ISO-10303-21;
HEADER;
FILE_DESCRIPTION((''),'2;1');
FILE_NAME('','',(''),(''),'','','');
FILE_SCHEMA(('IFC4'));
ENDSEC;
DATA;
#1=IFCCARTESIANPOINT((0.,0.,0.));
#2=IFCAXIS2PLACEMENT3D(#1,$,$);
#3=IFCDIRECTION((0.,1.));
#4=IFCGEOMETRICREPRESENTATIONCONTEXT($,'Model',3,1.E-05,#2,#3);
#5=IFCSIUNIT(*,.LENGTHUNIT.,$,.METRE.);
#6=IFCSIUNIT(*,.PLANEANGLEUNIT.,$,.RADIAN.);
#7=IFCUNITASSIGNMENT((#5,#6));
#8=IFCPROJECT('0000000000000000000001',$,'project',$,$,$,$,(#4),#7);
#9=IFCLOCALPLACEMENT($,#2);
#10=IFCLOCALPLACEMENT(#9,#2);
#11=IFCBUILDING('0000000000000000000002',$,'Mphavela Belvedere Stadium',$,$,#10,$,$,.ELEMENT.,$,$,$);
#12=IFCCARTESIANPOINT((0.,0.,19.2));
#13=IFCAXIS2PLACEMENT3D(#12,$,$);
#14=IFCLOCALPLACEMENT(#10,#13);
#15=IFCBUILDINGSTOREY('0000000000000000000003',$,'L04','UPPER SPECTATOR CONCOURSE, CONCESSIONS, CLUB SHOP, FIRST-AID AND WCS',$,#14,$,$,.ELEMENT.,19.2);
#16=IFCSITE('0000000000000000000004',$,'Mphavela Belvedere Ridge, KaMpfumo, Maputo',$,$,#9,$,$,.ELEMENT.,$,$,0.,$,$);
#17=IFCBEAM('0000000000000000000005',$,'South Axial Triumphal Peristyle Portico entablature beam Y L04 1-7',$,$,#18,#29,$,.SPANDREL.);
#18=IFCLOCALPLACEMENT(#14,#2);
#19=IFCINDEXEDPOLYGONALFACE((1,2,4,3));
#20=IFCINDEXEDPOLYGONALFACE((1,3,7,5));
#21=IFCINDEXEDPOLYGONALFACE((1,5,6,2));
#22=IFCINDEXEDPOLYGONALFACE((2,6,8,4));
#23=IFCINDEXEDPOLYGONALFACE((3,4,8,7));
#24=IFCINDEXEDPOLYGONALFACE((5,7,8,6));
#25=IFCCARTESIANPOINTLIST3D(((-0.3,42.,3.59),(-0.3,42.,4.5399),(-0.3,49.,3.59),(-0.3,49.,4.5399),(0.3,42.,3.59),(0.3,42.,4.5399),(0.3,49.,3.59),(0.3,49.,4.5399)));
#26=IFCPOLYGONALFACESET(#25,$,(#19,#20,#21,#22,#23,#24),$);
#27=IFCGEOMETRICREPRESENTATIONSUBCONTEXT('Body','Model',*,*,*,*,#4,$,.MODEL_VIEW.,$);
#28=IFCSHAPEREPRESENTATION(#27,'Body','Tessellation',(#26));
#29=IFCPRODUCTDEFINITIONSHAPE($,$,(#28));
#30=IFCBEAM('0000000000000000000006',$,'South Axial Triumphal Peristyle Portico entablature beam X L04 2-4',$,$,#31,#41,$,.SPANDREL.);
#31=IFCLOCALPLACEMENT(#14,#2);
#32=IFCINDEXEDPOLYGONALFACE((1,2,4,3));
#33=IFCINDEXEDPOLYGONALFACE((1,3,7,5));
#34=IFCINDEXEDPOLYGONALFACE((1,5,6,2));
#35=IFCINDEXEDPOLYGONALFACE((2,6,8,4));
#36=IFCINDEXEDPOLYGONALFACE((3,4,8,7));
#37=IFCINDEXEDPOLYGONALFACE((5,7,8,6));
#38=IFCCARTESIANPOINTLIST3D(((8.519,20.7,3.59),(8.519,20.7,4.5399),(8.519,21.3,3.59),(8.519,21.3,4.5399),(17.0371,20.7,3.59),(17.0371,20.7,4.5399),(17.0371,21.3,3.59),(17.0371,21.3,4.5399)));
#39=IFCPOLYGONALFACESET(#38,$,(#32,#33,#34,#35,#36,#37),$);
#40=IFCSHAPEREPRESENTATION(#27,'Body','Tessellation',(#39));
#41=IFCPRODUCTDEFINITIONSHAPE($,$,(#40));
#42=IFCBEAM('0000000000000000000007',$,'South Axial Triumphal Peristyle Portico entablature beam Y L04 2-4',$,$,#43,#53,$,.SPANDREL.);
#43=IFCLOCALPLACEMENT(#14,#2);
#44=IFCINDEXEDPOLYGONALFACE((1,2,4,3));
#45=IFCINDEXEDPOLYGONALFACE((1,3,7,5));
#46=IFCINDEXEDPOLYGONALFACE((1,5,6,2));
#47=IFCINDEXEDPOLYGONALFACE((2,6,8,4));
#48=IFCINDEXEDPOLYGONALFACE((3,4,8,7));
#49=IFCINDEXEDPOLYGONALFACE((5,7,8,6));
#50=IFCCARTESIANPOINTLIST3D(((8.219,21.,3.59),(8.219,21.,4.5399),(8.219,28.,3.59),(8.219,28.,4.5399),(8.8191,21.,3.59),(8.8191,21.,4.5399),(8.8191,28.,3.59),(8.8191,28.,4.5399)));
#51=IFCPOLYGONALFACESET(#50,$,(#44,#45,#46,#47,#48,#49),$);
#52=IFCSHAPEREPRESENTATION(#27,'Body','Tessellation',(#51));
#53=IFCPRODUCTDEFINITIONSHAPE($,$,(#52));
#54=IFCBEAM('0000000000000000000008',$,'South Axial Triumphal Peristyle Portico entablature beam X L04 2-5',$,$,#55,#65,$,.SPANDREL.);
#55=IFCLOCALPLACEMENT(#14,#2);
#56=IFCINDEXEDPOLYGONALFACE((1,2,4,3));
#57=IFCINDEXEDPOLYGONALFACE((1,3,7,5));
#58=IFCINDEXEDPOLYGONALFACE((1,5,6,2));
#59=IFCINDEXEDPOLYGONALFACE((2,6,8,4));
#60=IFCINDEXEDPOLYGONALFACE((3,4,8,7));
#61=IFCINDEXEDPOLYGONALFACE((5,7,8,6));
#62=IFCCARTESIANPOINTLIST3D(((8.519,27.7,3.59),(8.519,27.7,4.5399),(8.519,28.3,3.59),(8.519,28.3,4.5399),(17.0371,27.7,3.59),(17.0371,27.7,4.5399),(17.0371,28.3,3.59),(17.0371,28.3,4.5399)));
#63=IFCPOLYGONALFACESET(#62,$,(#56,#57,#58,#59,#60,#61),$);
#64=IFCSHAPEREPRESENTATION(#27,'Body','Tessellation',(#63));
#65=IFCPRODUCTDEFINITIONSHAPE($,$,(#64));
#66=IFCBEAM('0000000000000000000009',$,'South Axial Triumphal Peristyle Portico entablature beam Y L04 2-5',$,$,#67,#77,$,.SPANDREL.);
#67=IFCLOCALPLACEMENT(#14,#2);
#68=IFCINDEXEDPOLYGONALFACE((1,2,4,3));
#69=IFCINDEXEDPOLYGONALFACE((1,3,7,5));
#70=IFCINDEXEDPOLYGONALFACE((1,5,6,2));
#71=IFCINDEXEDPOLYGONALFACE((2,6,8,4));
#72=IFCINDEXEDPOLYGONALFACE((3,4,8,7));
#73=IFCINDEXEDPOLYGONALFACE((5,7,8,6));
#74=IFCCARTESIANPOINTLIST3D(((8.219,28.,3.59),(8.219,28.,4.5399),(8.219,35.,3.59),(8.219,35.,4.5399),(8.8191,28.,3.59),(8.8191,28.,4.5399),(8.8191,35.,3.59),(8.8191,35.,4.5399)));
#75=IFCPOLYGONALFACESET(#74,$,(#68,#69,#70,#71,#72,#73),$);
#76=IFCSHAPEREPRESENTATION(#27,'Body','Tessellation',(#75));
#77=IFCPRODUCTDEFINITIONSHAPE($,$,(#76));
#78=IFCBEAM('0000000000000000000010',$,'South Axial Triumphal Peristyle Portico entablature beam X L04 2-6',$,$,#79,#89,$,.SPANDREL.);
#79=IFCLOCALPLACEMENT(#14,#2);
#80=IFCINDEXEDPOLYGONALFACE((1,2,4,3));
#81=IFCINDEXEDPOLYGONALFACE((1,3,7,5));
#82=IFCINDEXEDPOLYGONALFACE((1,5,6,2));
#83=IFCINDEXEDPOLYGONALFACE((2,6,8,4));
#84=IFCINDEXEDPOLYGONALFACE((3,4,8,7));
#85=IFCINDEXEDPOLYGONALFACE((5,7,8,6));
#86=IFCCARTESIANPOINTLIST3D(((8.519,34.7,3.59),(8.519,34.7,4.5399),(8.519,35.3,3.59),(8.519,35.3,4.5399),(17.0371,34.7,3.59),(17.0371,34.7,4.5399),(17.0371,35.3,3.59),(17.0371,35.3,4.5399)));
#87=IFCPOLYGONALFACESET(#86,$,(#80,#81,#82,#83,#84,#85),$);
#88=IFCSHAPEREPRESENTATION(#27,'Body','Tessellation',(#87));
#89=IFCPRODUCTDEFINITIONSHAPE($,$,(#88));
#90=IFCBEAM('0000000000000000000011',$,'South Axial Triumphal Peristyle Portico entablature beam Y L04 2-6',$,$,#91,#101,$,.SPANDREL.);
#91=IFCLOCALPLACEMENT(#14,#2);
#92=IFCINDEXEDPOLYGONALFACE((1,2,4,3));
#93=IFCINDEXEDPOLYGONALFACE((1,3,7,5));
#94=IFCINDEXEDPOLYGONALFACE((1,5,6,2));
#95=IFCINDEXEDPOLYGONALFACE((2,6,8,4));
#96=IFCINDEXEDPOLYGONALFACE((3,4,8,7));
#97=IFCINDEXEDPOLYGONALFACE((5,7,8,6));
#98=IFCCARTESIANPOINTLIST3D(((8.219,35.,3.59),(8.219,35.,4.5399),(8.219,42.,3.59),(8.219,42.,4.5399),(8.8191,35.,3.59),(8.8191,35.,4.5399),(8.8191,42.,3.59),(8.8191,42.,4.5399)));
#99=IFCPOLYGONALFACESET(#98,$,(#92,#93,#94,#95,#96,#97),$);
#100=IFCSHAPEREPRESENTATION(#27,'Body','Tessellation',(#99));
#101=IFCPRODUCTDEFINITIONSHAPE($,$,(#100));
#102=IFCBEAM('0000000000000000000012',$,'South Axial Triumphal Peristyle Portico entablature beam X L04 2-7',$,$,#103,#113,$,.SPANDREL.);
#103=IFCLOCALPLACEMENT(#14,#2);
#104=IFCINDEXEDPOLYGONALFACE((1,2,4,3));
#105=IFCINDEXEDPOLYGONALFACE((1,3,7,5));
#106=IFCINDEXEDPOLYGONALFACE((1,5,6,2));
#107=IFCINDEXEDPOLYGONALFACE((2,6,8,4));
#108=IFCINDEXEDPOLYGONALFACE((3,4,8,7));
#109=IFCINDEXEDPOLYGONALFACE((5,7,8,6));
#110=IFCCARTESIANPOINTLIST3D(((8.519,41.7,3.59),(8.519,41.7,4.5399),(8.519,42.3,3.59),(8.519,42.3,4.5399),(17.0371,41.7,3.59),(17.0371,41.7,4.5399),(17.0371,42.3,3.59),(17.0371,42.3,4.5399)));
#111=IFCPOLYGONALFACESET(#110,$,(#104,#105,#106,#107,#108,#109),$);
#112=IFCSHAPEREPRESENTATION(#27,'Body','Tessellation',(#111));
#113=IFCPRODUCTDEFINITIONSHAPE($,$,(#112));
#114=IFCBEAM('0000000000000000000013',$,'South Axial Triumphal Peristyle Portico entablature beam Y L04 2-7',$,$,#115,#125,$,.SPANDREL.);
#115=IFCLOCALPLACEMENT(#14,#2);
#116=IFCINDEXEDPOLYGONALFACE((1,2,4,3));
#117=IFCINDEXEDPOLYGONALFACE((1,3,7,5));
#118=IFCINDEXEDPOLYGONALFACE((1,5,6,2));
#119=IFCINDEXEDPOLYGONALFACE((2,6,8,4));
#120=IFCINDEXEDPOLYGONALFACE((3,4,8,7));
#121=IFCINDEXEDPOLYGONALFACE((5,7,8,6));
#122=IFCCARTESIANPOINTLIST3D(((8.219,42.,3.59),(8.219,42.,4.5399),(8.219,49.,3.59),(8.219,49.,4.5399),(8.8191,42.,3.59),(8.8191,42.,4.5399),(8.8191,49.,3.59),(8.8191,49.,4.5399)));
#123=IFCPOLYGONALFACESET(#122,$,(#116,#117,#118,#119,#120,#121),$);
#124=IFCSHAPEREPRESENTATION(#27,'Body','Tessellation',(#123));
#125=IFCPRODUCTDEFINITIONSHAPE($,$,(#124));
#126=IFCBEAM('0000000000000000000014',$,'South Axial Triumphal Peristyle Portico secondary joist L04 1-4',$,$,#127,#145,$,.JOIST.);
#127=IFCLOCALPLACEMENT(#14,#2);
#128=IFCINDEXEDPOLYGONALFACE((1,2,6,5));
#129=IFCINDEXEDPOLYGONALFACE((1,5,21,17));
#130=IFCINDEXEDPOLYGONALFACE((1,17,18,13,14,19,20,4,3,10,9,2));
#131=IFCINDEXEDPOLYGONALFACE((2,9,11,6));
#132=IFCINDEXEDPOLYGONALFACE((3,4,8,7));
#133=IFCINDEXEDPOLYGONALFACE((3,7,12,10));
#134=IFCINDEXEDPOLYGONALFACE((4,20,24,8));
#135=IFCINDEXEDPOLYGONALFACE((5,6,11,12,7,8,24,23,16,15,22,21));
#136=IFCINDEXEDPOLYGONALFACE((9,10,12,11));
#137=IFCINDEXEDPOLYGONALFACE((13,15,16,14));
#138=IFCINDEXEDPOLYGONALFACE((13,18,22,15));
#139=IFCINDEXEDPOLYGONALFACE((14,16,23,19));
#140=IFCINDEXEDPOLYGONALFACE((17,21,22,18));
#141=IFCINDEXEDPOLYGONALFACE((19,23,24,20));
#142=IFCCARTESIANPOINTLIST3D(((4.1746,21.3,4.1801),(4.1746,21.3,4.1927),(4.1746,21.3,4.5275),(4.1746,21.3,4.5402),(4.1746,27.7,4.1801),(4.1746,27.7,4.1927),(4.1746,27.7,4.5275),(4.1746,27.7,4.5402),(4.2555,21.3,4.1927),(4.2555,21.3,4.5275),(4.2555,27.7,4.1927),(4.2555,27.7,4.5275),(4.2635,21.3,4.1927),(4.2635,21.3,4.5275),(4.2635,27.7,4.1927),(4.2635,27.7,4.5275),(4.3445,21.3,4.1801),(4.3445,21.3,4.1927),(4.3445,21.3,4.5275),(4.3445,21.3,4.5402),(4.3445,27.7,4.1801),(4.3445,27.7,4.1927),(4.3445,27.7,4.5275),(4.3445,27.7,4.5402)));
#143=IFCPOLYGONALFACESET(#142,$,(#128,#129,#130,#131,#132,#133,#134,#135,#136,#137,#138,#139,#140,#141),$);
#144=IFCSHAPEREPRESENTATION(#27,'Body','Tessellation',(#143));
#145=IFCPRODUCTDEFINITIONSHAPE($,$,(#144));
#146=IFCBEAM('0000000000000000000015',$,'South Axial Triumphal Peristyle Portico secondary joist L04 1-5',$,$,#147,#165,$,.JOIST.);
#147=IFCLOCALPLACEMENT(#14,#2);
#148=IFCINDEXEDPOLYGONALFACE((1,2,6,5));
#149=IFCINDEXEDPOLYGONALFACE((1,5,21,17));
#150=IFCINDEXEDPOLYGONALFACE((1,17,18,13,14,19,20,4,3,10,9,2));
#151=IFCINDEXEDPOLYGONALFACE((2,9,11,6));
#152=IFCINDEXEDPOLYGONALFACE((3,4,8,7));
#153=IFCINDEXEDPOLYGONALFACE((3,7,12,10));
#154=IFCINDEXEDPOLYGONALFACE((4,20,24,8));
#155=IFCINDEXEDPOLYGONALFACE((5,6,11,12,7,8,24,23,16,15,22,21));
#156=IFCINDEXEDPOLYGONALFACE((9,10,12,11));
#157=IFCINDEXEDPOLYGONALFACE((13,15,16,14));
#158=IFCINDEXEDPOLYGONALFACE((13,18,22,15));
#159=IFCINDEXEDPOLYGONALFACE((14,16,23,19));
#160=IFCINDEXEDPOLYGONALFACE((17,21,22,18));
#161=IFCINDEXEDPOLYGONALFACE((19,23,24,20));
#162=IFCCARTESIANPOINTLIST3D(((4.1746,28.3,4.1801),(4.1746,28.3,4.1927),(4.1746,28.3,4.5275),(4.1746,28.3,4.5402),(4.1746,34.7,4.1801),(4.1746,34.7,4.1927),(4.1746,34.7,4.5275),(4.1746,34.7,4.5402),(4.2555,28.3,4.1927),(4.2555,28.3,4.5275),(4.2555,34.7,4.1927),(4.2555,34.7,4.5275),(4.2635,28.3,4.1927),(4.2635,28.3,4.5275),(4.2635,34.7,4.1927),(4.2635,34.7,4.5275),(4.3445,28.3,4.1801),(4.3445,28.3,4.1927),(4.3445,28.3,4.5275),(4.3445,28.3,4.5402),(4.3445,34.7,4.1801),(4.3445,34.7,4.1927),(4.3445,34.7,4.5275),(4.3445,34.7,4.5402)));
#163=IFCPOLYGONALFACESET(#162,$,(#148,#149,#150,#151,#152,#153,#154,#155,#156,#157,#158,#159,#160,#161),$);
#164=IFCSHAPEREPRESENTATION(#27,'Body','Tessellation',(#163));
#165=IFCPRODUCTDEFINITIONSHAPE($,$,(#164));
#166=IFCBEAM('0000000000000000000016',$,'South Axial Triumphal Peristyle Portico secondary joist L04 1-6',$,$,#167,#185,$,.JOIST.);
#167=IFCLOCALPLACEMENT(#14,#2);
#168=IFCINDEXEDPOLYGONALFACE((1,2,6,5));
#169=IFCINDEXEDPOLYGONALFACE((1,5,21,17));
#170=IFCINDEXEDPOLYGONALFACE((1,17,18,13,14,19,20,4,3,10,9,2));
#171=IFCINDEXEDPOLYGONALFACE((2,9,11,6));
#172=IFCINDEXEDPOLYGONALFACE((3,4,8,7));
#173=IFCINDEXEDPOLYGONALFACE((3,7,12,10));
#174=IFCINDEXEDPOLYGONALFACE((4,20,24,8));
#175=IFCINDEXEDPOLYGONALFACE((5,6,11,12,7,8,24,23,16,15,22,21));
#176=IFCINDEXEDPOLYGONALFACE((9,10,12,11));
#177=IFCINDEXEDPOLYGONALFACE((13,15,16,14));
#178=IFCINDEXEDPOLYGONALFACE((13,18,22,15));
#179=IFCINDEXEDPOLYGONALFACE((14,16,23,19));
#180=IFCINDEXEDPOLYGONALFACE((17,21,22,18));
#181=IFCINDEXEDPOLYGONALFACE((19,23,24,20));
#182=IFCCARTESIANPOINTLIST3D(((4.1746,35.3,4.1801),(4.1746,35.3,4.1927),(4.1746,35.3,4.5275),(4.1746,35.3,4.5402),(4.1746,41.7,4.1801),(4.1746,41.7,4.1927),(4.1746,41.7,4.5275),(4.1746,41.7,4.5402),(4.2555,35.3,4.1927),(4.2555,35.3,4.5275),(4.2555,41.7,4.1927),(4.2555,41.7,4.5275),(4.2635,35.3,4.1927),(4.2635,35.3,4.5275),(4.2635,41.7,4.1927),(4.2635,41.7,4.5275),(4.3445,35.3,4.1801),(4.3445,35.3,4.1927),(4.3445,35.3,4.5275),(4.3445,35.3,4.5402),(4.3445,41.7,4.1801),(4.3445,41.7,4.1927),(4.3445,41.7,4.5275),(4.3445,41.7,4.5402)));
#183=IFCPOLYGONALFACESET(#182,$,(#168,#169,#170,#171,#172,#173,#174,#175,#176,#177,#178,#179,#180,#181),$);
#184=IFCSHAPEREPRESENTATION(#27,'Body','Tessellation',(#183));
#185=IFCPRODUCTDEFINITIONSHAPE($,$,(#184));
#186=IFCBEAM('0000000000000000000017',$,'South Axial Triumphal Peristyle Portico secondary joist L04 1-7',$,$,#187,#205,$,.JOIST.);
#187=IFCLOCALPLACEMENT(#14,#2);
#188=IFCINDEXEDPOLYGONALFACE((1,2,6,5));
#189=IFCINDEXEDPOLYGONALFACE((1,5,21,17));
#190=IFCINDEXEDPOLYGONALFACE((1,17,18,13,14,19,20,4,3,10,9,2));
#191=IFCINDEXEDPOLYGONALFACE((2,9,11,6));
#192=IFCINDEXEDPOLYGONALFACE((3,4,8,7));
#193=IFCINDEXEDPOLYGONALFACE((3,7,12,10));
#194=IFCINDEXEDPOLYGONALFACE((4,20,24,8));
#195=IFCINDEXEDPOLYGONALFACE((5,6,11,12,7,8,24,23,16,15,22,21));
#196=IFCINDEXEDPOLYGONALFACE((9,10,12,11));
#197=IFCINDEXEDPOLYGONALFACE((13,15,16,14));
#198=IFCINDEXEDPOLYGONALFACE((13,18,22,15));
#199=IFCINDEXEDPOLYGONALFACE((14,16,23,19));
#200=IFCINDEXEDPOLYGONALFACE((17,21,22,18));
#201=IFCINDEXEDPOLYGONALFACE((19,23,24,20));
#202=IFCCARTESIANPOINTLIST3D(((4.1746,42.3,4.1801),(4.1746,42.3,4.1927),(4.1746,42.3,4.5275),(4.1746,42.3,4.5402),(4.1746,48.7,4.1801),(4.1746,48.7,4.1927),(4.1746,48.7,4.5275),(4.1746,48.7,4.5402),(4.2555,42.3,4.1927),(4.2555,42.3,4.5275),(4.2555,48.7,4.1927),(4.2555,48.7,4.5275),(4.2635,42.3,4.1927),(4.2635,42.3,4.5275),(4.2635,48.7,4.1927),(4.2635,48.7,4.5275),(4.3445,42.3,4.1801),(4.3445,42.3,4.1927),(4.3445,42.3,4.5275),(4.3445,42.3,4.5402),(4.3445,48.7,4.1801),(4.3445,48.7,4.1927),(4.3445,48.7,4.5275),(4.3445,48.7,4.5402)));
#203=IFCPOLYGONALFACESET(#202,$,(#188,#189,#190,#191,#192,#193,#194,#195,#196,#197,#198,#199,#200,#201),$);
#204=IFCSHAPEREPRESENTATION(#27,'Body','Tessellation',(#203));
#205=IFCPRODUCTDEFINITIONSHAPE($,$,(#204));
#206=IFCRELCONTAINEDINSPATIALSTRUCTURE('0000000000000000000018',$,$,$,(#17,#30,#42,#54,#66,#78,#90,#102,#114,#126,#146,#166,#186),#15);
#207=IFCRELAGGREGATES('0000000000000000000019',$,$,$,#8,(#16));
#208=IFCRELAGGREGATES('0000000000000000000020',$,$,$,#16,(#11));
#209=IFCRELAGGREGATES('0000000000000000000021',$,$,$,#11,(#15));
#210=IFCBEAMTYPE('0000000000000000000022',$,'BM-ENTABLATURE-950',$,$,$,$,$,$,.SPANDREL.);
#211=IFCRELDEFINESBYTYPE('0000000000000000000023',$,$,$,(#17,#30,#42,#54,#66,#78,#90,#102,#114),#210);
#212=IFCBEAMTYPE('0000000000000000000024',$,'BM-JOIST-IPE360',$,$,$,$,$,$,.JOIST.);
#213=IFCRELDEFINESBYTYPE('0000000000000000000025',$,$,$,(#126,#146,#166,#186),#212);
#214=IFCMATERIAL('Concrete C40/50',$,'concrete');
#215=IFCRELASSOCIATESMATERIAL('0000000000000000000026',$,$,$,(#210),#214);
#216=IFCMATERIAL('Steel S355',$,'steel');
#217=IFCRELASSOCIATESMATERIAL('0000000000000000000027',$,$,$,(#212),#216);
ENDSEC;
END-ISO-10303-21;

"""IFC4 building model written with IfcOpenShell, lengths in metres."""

from ifc_helpers import new_model, si_unit, direction, frame, origin, origin_2d, place, context, subcontext, project, spatial, rectangle, i_section, extrude, material, material_profile, profile_set, type_object, element, save


model = new_model("IFC4")

# Units and contexts
model_context = context("Model", 3, precision=1e-05, world=origin(), true_north=direction((0.0, 1.0)))
body_context = subcontext(model_context, "Body", "Model", "MODEL_VIEW")
ifc_project = project(units=[si_unit("LENGTHUNIT", "METRE"), si_unit("PLANEANGLEUNIT", "RADIAN")], contexts=[model_context])

# Site, building, storey
site_placement = place(None, origin())
site = spatial("IfcSite", under=ifc_project, at=site_placement, Name="Mphavela Belvedere Ridge, KaMpfumo, Maputo", CompositionType="ELEMENT", RefElevation=0.0)
building_placement = place(site_placement, origin())
building = spatial("IfcBuilding", under=site, at=building_placement, Name="Mphavela Belvedere Stadium", CompositionType="ELEMENT")
storey_placement = place(building_placement, frame((0.0, 0.0, 19.2)))
storey = spatial("IfcBuildingStorey", under=building, at=storey_placement, Name="L04", Description="UPPER SPECTATOR CONCOURSE, CONCESSIONS, CLUB SHOP, FIRST-AID AND WCS", CompositionType="ELEMENT", Elevation=19.2)

# Beams
ifc_material_1 = material(Name="Concrete C40/50", Category="concrete")
ifc_material_profile_1 = material_profile(ifc_material_1, rectangle(XDim=0.6001, YDim=0.95, at=origin_2d()), Name="RC 600x950")
ifc_profile_set_1 = profile_set([ifc_material_profile_1], Name="Concrete C40/50")
beam_type_1 = type_object("IfcBeamType", Name="BM-ENTABLATURE-950", PredefinedType="SPANDREL", material=ifc_profile_set_1)
beam_1_placement = place(storey_placement, frame((0.0, 42.0, 4.0649), z_axis=(0.0, 1.0, 0.0), x_axis=(-1.0, 0.0, 0.0)))
element("IfcBeam", 1, at=beam_1_placement, inside=storey, type_object=beam_type_1, Name="South Axial Triumphal Peristyle Portico entablature beam Y L04 1-7", PredefinedType="SPANDREL", context=body_context, shape_type="SweptSolid", body=[
    extrude(rectangle(XDim=0.6001, YDim=0.95, at=origin_2d()), origin(), (0.0, 0.0, 1.0), 7.0),
])
beam_2_placement = place(storey_placement, frame((8.519, 21.0, 4.0649), z_axis=(1.0, 0.0, 0.0), x_axis=(0.0, 1.0, 0.0)))
element("IfcBeam", 2, at=beam_2_placement, inside=storey, type_object=beam_type_1, Name="South Axial Triumphal Peristyle Portico entablature beam X L04 2-4", PredefinedType="SPANDREL", context=body_context, shape_type="SweptSolid", body=[
    extrude(rectangle(XDim=0.6001, YDim=0.95, at=origin_2d()), origin(), (0.0, 0.0, 1.0), 8.5181),
])
beam_3_placement = place(storey_placement, frame((8.519, 21.0, 4.0649), z_axis=(0.0, 1.0, 0.0), x_axis=(-1.0, 0.0, 0.0)))
element("IfcBeam", 3, at=beam_3_placement, inside=storey, type_object=beam_type_1, Name="South Axial Triumphal Peristyle Portico entablature beam Y L04 2-4", PredefinedType="SPANDREL", context=body_context, shape_type="SweptSolid", body=[
    extrude(rectangle(XDim=0.6001, YDim=0.95, at=origin_2d()), origin(), (0.0, 0.0, 1.0), 7.0),
])
beam_4_placement = place(storey_placement, frame((8.519, 28.0, 4.0649), z_axis=(1.0, 0.0, 0.0), x_axis=(0.0, 1.0, 0.0)))
element("IfcBeam", 4, at=beam_4_placement, inside=storey, type_object=beam_type_1, Name="South Axial Triumphal Peristyle Portico entablature beam X L04 2-5", PredefinedType="SPANDREL", context=body_context, shape_type="SweptSolid", body=[
    extrude(rectangle(XDim=0.6001, YDim=0.95, at=origin_2d()), origin(), (0.0, 0.0, 1.0), 8.5181),
])
beam_5_placement = place(storey_placement, frame((8.519, 28.0, 4.0649), z_axis=(0.0, 1.0, 0.0), x_axis=(-1.0, 0.0, 0.0)))
element("IfcBeam", 5, at=beam_5_placement, inside=storey, type_object=beam_type_1, Name="South Axial Triumphal Peristyle Portico entablature beam Y L04 2-5", PredefinedType="SPANDREL", context=body_context, shape_type="SweptSolid", body=[
    extrude(rectangle(XDim=0.6001, YDim=0.95, at=origin_2d()), origin(), (0.0, 0.0, 1.0), 7.0),
])
beam_6_placement = place(storey_placement, frame((8.519, 35.0, 4.0649), z_axis=(1.0, 0.0, 0.0), x_axis=(0.0, 1.0, 0.0)))
element("IfcBeam", 6, at=beam_6_placement, inside=storey, type_object=beam_type_1, Name="South Axial Triumphal Peristyle Portico entablature beam X L04 2-6", PredefinedType="SPANDREL", context=body_context, shape_type="SweptSolid", body=[
    extrude(rectangle(XDim=0.6001, YDim=0.95, at=origin_2d()), origin(), (0.0, 0.0, 1.0), 8.5181),
])
beam_7_placement = place(storey_placement, frame((8.519, 35.0, 4.0649), z_axis=(0.0, 1.0, 0.0), x_axis=(-1.0, 0.0, 0.0)))
element("IfcBeam", 7, at=beam_7_placement, inside=storey, type_object=beam_type_1, Name="South Axial Triumphal Peristyle Portico entablature beam Y L04 2-6", PredefinedType="SPANDREL", context=body_context, shape_type="SweptSolid", body=[
    extrude(rectangle(XDim=0.6001, YDim=0.95, at=origin_2d()), origin(), (0.0, 0.0, 1.0), 7.0),
])
beam_8_placement = place(storey_placement, frame((8.519, 42.0, 4.0649), z_axis=(1.0, 0.0, 0.0), x_axis=(0.0, 1.0, 0.0)))
element("IfcBeam", 8, at=beam_8_placement, inside=storey, type_object=beam_type_1, Name="South Axial Triumphal Peristyle Portico entablature beam X L04 2-7", PredefinedType="SPANDREL", context=body_context, shape_type="SweptSolid", body=[
    extrude(rectangle(XDim=0.6001, YDim=0.95, at=origin_2d()), origin(), (0.0, 0.0, 1.0), 8.5181),
])
beam_9_placement = place(storey_placement, frame((8.519, 42.0, 4.0649), z_axis=(0.0, 1.0, 0.0), x_axis=(-1.0, 0.0, 0.0)))
element("IfcBeam", 9, at=beam_9_placement, inside=storey, type_object=beam_type_1, Name="South Axial Triumphal Peristyle Portico entablature beam Y L04 2-7", PredefinedType="SPANDREL", context=body_context, shape_type="SweptSolid", body=[
    extrude(rectangle(XDim=0.6001, YDim=0.95, at=origin_2d()), origin(), (0.0, 0.0, 1.0), 7.0),
])
ifc_material_2 = material(Name="Steel S355", Category="steel")
ifc_material_profile_2 = material_profile(ifc_material_2, i_section(OverallWidth=0.1699, OverallDepth=0.3601, WebThickness=0.0081, FlangeThickness=0.0127, at=origin_2d()), Name="IPE 360")
ifc_profile_set_2 = profile_set([ifc_material_profile_2], Name="Steel S355")
beam_type_2 = type_object("IfcBeamType", Name="BM-JOIST-IPE360", PredefinedType="JOIST", material=ifc_profile_set_2)
for number, where, z_axis, x_axis, name in (
    (10, (4.2595, 21.3, 4.3601), (0.0, 1.0, 0.0), (-1.0, 0.0, 0.0), "South Axial Triumphal Peristyle Portico secondary joist L04 1-4"),
    (11, (4.2595, 28.3, 4.3601), (0.0, 1.0, 0.0), (-1.0, 0.0, 0.0), "South Axial Triumphal Peristyle Portico secondary joist L04 1-5"),
    (12, (4.2595, 35.3, 4.3601), (0.0, 1.0, 0.0), (-1.0, 0.0, 0.0), "South Axial Triumphal Peristyle Portico secondary joist L04 1-6"),
    (13, (4.2595, 42.3, 4.3601), (0.0, 1.0, 0.0), (-1.0, 0.0, 0.0), "South Axial Triumphal Peristyle Portico secondary joist L04 1-7"),
):
    element("IfcBeam", number, at=place(storey_placement, frame(where, z_axis=z_axis, x_axis=x_axis)), inside=storey, type_object=beam_type_2, Name=name, PredefinedType="JOIST", context=body_context, shape_type="SweptSolid", body=[
        extrude(i_section(OverallWidth=0.1699, OverallDepth=0.3601, WebThickness=0.0081, FlangeThickness=0.0127, at=origin_2d()), origin(), (0.0, 0.0, 1.0), 6.3999),
    ])

save(model, "model.ifc")
